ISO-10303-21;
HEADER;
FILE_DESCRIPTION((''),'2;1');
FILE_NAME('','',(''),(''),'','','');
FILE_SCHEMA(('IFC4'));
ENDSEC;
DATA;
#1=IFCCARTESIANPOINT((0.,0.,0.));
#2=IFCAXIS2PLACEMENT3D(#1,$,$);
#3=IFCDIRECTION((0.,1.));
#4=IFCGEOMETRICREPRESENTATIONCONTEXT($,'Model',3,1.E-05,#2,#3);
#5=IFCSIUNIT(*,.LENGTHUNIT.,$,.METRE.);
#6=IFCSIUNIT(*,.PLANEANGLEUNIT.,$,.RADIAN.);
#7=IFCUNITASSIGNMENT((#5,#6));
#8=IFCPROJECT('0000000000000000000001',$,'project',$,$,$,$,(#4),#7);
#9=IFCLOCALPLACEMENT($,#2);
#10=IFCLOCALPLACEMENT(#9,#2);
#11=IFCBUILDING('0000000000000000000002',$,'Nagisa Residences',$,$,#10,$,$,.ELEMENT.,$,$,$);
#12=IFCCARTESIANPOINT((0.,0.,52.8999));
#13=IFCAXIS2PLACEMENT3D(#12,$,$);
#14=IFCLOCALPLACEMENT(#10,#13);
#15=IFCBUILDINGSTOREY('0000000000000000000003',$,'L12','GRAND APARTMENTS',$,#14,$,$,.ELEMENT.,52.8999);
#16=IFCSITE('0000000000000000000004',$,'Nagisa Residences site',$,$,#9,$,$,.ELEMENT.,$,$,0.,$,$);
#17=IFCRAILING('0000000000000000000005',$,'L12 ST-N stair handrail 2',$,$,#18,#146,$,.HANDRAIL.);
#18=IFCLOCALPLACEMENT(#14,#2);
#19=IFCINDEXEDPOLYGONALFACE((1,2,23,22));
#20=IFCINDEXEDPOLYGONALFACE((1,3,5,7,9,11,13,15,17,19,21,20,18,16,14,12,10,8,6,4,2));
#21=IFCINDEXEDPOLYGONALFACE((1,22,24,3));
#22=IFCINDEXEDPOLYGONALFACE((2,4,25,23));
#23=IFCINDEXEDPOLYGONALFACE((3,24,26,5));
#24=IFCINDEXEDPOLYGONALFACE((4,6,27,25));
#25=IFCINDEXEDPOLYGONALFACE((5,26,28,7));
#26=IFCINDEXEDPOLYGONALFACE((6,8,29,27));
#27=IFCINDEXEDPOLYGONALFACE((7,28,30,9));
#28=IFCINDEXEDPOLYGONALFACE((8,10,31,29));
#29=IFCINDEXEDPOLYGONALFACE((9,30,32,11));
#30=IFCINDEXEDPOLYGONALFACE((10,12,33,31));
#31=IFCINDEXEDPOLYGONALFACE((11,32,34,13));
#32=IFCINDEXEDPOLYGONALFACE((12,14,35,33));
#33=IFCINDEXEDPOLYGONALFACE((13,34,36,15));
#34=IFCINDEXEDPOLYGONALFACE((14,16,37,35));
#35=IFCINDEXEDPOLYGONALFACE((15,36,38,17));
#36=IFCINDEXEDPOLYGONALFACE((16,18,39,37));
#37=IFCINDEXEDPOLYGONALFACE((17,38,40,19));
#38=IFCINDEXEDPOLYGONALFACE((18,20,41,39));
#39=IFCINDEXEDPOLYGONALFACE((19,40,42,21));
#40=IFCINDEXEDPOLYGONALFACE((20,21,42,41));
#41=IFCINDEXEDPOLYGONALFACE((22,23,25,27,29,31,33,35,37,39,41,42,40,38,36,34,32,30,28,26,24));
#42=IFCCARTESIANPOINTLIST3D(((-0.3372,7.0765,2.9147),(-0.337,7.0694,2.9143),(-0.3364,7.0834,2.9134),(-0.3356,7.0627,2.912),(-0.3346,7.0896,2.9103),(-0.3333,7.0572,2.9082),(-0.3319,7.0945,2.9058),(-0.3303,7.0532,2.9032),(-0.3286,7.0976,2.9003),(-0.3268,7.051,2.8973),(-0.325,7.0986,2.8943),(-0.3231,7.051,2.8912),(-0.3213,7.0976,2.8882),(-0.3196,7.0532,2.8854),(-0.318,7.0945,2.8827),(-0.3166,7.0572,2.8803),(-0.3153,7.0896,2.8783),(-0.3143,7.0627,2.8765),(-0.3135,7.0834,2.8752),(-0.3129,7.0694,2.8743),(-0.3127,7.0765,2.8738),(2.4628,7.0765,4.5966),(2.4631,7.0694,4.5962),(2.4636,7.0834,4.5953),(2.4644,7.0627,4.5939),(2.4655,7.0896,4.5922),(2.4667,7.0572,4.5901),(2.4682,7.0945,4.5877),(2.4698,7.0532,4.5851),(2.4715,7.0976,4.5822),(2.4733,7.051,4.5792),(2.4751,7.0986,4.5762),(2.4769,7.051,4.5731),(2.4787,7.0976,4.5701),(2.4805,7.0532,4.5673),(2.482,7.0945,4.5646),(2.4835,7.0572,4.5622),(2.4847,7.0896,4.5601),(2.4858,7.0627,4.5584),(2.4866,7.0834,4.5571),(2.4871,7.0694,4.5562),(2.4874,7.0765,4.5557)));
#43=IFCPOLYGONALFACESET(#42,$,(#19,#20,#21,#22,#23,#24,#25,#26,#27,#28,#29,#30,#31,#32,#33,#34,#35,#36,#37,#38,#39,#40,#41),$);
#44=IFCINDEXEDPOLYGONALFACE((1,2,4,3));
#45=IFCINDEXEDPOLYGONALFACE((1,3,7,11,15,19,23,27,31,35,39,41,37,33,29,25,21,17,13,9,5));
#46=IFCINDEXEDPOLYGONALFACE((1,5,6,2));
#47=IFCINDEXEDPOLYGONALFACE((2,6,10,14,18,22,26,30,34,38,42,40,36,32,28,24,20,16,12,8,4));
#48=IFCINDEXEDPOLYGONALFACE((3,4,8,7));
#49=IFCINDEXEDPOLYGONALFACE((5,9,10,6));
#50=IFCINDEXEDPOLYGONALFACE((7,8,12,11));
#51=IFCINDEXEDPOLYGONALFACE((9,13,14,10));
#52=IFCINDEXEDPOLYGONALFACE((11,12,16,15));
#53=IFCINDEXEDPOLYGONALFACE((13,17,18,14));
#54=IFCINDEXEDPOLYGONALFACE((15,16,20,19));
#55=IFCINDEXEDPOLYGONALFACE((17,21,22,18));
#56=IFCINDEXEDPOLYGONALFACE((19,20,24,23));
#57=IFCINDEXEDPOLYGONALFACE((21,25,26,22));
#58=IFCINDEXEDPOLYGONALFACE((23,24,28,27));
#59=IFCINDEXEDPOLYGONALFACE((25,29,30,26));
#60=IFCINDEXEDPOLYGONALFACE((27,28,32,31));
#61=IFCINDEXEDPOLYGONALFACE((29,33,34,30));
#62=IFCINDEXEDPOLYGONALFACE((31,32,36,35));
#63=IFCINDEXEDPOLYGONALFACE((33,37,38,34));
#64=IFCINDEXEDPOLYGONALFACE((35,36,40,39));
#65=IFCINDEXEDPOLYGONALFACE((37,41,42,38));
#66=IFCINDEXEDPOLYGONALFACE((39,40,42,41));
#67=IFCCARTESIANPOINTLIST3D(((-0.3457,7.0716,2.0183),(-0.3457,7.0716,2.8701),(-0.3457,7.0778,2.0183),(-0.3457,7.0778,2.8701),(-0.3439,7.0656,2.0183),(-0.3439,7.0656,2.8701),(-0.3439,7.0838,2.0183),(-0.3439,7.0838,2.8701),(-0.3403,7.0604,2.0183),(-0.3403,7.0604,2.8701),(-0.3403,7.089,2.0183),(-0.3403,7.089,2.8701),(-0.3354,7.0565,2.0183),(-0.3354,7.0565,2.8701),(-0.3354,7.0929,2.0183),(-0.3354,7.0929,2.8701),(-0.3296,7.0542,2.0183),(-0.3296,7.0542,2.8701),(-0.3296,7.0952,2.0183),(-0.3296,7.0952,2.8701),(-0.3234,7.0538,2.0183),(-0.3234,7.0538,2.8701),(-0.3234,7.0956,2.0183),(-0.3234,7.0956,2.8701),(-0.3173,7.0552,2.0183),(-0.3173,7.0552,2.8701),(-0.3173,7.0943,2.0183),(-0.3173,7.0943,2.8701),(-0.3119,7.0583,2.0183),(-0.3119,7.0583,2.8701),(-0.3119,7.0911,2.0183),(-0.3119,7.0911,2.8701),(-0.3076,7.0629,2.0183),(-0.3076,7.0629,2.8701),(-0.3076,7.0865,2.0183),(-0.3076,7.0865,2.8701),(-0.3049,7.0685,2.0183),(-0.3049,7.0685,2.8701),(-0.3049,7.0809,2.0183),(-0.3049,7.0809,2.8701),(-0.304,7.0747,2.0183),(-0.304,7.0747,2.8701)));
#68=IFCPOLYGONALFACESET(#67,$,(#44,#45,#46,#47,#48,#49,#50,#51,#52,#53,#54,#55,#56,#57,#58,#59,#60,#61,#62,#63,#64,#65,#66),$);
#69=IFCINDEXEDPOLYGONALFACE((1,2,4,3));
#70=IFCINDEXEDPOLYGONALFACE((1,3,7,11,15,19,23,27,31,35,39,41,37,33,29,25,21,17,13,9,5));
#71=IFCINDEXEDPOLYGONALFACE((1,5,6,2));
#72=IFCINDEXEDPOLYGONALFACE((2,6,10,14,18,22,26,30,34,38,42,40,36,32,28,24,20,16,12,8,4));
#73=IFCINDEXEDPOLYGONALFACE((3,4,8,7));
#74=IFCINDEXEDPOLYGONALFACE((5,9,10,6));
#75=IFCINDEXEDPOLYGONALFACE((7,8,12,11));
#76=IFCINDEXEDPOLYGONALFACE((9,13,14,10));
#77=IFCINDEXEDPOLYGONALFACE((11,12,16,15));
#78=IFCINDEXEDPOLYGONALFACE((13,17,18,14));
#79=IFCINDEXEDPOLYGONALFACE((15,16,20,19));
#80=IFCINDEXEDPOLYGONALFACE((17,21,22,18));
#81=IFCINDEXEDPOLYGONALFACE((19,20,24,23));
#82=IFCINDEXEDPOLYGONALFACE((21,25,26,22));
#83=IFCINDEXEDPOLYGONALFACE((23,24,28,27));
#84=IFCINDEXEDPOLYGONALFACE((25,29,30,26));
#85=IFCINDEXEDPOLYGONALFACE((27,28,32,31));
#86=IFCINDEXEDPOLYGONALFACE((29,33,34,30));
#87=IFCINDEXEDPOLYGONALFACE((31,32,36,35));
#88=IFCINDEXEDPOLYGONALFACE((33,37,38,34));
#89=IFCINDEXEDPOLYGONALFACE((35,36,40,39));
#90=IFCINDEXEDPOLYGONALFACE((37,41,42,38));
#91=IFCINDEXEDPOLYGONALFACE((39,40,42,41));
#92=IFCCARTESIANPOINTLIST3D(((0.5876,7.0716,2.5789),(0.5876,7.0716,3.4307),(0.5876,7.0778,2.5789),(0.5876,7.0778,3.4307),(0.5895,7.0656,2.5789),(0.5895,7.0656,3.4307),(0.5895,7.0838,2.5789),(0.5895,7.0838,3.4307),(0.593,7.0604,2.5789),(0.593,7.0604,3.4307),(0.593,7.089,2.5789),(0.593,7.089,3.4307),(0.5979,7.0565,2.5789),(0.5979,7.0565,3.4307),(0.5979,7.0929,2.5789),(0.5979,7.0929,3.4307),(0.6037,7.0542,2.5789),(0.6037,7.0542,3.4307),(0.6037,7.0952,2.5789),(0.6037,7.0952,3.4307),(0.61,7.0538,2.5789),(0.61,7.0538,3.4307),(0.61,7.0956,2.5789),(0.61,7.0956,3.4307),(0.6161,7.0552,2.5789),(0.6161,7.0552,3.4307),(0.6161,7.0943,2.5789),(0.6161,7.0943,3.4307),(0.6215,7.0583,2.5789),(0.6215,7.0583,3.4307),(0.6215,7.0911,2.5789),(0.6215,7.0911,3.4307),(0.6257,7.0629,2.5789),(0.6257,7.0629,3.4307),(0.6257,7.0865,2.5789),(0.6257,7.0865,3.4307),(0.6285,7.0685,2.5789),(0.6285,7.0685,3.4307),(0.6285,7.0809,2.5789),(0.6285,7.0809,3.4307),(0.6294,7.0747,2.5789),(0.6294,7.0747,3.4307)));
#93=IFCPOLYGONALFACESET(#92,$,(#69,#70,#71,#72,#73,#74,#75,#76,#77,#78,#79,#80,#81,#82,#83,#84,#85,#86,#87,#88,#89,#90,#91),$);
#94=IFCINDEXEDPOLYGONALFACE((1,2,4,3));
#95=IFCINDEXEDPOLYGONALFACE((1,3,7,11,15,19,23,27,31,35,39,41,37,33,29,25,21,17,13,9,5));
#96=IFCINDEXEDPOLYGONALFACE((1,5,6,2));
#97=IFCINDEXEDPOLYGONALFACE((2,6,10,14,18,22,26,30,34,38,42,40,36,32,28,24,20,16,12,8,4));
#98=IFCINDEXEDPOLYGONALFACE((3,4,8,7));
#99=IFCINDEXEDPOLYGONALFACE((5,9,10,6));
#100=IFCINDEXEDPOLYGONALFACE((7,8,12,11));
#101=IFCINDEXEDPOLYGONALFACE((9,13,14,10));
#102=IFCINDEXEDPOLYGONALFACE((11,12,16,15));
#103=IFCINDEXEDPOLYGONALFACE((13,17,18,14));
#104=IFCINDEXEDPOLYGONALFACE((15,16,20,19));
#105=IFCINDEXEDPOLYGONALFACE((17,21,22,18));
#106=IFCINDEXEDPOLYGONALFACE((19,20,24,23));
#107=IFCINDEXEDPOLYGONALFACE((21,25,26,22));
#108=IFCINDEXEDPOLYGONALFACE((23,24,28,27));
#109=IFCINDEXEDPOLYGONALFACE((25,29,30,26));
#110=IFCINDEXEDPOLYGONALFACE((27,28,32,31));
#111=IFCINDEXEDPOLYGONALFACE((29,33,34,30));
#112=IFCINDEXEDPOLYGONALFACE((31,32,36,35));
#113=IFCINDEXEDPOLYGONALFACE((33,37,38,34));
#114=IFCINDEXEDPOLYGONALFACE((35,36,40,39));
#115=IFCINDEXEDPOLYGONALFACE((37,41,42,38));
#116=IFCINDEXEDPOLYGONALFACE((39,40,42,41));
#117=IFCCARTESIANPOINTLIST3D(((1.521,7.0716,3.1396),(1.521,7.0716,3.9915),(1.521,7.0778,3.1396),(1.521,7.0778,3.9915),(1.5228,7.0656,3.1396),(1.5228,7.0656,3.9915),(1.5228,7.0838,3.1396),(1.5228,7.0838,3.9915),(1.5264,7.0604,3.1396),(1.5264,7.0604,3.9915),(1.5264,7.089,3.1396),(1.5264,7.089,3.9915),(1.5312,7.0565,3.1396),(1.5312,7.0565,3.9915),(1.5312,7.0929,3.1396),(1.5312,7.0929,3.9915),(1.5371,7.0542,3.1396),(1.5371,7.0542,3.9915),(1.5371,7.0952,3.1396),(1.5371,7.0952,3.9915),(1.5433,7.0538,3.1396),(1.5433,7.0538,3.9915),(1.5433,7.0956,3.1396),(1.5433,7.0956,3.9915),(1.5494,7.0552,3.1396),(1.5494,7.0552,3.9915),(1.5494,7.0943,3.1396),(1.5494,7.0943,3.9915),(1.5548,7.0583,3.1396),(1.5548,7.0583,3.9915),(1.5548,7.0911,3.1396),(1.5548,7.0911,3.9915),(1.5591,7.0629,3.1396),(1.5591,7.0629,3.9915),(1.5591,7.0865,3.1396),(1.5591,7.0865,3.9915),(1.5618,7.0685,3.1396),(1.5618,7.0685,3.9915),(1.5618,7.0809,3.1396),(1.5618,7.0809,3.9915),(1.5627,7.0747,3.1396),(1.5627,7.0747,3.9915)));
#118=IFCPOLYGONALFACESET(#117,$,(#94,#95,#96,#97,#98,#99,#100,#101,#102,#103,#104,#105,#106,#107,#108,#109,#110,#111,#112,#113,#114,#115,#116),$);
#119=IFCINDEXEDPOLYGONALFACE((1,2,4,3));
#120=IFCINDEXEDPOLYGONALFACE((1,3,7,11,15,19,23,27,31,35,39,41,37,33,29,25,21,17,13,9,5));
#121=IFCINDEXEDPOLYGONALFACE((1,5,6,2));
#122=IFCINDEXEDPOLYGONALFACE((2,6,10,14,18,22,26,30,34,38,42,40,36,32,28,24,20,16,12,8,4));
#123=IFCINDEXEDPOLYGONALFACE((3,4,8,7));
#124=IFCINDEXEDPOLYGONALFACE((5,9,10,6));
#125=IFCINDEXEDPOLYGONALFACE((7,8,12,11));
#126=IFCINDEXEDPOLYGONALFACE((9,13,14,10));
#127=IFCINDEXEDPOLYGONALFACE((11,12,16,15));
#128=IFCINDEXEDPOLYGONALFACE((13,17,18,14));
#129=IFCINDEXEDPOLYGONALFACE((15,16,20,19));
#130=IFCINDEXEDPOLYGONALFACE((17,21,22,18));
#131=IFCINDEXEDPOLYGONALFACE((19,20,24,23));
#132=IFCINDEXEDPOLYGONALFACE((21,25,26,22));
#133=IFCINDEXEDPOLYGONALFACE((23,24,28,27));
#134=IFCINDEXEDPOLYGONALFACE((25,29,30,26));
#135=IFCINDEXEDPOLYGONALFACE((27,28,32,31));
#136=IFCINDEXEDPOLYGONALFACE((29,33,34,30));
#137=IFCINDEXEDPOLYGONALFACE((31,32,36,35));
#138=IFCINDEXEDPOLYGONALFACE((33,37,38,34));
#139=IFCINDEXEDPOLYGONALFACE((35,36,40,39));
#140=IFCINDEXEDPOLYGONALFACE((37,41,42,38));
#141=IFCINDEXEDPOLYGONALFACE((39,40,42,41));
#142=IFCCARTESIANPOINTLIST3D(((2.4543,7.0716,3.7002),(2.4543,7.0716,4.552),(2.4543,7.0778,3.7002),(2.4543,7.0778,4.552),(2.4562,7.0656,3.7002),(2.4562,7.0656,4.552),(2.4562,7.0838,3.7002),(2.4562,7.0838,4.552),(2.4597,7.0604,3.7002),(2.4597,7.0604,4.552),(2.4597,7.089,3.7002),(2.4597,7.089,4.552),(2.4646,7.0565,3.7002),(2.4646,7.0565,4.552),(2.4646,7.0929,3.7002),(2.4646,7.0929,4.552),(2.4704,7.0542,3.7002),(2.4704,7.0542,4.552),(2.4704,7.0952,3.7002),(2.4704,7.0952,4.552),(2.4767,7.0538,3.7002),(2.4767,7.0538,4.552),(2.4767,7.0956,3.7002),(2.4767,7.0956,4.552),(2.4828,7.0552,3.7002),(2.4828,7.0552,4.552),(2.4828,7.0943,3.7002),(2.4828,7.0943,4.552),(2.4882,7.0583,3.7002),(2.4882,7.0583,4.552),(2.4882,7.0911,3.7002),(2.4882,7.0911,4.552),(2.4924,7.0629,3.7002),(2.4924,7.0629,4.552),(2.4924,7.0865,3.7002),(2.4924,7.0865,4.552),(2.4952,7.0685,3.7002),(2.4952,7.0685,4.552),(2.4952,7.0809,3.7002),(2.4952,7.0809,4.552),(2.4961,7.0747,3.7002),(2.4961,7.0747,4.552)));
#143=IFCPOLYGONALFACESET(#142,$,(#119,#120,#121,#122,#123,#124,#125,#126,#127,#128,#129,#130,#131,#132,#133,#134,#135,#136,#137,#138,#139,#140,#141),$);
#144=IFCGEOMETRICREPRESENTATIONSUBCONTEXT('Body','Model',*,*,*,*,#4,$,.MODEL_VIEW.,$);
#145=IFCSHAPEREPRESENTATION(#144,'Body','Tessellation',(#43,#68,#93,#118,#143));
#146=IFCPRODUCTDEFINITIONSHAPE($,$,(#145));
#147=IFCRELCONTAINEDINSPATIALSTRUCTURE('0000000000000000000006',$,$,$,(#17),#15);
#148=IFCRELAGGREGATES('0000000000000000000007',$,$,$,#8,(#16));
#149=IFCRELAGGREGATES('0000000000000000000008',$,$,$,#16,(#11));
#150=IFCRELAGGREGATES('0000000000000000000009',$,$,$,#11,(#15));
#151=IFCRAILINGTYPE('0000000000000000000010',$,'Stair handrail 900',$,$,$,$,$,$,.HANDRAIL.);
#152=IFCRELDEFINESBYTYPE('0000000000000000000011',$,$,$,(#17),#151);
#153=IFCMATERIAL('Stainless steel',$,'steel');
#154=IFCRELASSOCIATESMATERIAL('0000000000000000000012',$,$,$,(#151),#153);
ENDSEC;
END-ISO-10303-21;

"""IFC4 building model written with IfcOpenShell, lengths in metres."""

from ifc_helpers import new_model, si_unit, direction, frame, origin, origin_2d, place, context, subcontext, project, spatial, circle, extrude, material, type_object, element, save


model = new_model("IFC4")

# Units and contexts
model_context = context("Model", 3, precision=1e-05, world=origin(), true_north=direction((0.0, 1.0)))
body_context = subcontext(model_context, "Body", "Model", "MODEL_VIEW")
ifc_project = project(units=[si_unit("LENGTHUNIT", "METRE"), si_unit("PLANEANGLEUNIT", "RADIAN")], contexts=[model_context])

# Site, building, storey
site_placement = place(None, origin())
site = spatial("IfcSite", under=ifc_project, at=site_placement, Name="Nagisa Residences site", CompositionType="ELEMENT", RefElevation=0.0)
building_placement = place(site_placement, origin())
building = spatial("IfcBuilding", under=site, at=building_placement, Name="Nagisa Residences", CompositionType="ELEMENT")
storey_placement = place(building_placement, frame((0.0, 0.0, 52.8999)))
storey = spatial("IfcBuildingStorey", under=building, at=storey_placement, Name="L12", Description="GRAND APARTMENTS", CompositionType="ELEMENT", Elevation=52.8999)

# Railing
ifc_material_1 = material(Name="Stainless steel", Category="steel")
railing_type = type_object("IfcRailingType", Name="Stair handrail 900", PredefinedType="HANDRAIL", material=ifc_material_1)
railing_placement = place(storey_placement, frame((-0.325, 7.0747, 2.0183)))
element("IfcRailing", 1, at=railing_placement, inside=storey, type_object=railing_type, Name="L12 ST-N stair handrail 2", PredefinedType="HANDRAIL", context=body_context, shape_type="SweptSolid", body=[
    extrude(circle(Radius=0.0239, at=origin_2d()), frame((0.0, 0.0, 0.876), z_axis=(0.857242, 0.0, 0.514913), x_axis=(0.0, 1.0, 0.0)), (0.0, 0.0, 1.0), 3.2664),
    extrude(circle(Radius=0.021, at=origin_2d()), origin(), (0.0, 0.0, 1.0), 0.8518),
    extrude(circle(Radius=0.021, at=origin_2d()), frame((0.9333, 0.0, 0.5605)), (0.0, 0.0, 1.0), 0.8518),
    extrude(circle(Radius=0.021, at=origin_2d()), frame((1.8667, 0.0, 1.1213)), (0.0, 0.0, 1.0), 0.8518),
    extrude(circle(Radius=0.021, at=origin_2d()), frame((2.8, 0.0, 1.6819)), (0.0, 0.0, 1.0), 0.8518),
])

save(model, "model.ifc")
